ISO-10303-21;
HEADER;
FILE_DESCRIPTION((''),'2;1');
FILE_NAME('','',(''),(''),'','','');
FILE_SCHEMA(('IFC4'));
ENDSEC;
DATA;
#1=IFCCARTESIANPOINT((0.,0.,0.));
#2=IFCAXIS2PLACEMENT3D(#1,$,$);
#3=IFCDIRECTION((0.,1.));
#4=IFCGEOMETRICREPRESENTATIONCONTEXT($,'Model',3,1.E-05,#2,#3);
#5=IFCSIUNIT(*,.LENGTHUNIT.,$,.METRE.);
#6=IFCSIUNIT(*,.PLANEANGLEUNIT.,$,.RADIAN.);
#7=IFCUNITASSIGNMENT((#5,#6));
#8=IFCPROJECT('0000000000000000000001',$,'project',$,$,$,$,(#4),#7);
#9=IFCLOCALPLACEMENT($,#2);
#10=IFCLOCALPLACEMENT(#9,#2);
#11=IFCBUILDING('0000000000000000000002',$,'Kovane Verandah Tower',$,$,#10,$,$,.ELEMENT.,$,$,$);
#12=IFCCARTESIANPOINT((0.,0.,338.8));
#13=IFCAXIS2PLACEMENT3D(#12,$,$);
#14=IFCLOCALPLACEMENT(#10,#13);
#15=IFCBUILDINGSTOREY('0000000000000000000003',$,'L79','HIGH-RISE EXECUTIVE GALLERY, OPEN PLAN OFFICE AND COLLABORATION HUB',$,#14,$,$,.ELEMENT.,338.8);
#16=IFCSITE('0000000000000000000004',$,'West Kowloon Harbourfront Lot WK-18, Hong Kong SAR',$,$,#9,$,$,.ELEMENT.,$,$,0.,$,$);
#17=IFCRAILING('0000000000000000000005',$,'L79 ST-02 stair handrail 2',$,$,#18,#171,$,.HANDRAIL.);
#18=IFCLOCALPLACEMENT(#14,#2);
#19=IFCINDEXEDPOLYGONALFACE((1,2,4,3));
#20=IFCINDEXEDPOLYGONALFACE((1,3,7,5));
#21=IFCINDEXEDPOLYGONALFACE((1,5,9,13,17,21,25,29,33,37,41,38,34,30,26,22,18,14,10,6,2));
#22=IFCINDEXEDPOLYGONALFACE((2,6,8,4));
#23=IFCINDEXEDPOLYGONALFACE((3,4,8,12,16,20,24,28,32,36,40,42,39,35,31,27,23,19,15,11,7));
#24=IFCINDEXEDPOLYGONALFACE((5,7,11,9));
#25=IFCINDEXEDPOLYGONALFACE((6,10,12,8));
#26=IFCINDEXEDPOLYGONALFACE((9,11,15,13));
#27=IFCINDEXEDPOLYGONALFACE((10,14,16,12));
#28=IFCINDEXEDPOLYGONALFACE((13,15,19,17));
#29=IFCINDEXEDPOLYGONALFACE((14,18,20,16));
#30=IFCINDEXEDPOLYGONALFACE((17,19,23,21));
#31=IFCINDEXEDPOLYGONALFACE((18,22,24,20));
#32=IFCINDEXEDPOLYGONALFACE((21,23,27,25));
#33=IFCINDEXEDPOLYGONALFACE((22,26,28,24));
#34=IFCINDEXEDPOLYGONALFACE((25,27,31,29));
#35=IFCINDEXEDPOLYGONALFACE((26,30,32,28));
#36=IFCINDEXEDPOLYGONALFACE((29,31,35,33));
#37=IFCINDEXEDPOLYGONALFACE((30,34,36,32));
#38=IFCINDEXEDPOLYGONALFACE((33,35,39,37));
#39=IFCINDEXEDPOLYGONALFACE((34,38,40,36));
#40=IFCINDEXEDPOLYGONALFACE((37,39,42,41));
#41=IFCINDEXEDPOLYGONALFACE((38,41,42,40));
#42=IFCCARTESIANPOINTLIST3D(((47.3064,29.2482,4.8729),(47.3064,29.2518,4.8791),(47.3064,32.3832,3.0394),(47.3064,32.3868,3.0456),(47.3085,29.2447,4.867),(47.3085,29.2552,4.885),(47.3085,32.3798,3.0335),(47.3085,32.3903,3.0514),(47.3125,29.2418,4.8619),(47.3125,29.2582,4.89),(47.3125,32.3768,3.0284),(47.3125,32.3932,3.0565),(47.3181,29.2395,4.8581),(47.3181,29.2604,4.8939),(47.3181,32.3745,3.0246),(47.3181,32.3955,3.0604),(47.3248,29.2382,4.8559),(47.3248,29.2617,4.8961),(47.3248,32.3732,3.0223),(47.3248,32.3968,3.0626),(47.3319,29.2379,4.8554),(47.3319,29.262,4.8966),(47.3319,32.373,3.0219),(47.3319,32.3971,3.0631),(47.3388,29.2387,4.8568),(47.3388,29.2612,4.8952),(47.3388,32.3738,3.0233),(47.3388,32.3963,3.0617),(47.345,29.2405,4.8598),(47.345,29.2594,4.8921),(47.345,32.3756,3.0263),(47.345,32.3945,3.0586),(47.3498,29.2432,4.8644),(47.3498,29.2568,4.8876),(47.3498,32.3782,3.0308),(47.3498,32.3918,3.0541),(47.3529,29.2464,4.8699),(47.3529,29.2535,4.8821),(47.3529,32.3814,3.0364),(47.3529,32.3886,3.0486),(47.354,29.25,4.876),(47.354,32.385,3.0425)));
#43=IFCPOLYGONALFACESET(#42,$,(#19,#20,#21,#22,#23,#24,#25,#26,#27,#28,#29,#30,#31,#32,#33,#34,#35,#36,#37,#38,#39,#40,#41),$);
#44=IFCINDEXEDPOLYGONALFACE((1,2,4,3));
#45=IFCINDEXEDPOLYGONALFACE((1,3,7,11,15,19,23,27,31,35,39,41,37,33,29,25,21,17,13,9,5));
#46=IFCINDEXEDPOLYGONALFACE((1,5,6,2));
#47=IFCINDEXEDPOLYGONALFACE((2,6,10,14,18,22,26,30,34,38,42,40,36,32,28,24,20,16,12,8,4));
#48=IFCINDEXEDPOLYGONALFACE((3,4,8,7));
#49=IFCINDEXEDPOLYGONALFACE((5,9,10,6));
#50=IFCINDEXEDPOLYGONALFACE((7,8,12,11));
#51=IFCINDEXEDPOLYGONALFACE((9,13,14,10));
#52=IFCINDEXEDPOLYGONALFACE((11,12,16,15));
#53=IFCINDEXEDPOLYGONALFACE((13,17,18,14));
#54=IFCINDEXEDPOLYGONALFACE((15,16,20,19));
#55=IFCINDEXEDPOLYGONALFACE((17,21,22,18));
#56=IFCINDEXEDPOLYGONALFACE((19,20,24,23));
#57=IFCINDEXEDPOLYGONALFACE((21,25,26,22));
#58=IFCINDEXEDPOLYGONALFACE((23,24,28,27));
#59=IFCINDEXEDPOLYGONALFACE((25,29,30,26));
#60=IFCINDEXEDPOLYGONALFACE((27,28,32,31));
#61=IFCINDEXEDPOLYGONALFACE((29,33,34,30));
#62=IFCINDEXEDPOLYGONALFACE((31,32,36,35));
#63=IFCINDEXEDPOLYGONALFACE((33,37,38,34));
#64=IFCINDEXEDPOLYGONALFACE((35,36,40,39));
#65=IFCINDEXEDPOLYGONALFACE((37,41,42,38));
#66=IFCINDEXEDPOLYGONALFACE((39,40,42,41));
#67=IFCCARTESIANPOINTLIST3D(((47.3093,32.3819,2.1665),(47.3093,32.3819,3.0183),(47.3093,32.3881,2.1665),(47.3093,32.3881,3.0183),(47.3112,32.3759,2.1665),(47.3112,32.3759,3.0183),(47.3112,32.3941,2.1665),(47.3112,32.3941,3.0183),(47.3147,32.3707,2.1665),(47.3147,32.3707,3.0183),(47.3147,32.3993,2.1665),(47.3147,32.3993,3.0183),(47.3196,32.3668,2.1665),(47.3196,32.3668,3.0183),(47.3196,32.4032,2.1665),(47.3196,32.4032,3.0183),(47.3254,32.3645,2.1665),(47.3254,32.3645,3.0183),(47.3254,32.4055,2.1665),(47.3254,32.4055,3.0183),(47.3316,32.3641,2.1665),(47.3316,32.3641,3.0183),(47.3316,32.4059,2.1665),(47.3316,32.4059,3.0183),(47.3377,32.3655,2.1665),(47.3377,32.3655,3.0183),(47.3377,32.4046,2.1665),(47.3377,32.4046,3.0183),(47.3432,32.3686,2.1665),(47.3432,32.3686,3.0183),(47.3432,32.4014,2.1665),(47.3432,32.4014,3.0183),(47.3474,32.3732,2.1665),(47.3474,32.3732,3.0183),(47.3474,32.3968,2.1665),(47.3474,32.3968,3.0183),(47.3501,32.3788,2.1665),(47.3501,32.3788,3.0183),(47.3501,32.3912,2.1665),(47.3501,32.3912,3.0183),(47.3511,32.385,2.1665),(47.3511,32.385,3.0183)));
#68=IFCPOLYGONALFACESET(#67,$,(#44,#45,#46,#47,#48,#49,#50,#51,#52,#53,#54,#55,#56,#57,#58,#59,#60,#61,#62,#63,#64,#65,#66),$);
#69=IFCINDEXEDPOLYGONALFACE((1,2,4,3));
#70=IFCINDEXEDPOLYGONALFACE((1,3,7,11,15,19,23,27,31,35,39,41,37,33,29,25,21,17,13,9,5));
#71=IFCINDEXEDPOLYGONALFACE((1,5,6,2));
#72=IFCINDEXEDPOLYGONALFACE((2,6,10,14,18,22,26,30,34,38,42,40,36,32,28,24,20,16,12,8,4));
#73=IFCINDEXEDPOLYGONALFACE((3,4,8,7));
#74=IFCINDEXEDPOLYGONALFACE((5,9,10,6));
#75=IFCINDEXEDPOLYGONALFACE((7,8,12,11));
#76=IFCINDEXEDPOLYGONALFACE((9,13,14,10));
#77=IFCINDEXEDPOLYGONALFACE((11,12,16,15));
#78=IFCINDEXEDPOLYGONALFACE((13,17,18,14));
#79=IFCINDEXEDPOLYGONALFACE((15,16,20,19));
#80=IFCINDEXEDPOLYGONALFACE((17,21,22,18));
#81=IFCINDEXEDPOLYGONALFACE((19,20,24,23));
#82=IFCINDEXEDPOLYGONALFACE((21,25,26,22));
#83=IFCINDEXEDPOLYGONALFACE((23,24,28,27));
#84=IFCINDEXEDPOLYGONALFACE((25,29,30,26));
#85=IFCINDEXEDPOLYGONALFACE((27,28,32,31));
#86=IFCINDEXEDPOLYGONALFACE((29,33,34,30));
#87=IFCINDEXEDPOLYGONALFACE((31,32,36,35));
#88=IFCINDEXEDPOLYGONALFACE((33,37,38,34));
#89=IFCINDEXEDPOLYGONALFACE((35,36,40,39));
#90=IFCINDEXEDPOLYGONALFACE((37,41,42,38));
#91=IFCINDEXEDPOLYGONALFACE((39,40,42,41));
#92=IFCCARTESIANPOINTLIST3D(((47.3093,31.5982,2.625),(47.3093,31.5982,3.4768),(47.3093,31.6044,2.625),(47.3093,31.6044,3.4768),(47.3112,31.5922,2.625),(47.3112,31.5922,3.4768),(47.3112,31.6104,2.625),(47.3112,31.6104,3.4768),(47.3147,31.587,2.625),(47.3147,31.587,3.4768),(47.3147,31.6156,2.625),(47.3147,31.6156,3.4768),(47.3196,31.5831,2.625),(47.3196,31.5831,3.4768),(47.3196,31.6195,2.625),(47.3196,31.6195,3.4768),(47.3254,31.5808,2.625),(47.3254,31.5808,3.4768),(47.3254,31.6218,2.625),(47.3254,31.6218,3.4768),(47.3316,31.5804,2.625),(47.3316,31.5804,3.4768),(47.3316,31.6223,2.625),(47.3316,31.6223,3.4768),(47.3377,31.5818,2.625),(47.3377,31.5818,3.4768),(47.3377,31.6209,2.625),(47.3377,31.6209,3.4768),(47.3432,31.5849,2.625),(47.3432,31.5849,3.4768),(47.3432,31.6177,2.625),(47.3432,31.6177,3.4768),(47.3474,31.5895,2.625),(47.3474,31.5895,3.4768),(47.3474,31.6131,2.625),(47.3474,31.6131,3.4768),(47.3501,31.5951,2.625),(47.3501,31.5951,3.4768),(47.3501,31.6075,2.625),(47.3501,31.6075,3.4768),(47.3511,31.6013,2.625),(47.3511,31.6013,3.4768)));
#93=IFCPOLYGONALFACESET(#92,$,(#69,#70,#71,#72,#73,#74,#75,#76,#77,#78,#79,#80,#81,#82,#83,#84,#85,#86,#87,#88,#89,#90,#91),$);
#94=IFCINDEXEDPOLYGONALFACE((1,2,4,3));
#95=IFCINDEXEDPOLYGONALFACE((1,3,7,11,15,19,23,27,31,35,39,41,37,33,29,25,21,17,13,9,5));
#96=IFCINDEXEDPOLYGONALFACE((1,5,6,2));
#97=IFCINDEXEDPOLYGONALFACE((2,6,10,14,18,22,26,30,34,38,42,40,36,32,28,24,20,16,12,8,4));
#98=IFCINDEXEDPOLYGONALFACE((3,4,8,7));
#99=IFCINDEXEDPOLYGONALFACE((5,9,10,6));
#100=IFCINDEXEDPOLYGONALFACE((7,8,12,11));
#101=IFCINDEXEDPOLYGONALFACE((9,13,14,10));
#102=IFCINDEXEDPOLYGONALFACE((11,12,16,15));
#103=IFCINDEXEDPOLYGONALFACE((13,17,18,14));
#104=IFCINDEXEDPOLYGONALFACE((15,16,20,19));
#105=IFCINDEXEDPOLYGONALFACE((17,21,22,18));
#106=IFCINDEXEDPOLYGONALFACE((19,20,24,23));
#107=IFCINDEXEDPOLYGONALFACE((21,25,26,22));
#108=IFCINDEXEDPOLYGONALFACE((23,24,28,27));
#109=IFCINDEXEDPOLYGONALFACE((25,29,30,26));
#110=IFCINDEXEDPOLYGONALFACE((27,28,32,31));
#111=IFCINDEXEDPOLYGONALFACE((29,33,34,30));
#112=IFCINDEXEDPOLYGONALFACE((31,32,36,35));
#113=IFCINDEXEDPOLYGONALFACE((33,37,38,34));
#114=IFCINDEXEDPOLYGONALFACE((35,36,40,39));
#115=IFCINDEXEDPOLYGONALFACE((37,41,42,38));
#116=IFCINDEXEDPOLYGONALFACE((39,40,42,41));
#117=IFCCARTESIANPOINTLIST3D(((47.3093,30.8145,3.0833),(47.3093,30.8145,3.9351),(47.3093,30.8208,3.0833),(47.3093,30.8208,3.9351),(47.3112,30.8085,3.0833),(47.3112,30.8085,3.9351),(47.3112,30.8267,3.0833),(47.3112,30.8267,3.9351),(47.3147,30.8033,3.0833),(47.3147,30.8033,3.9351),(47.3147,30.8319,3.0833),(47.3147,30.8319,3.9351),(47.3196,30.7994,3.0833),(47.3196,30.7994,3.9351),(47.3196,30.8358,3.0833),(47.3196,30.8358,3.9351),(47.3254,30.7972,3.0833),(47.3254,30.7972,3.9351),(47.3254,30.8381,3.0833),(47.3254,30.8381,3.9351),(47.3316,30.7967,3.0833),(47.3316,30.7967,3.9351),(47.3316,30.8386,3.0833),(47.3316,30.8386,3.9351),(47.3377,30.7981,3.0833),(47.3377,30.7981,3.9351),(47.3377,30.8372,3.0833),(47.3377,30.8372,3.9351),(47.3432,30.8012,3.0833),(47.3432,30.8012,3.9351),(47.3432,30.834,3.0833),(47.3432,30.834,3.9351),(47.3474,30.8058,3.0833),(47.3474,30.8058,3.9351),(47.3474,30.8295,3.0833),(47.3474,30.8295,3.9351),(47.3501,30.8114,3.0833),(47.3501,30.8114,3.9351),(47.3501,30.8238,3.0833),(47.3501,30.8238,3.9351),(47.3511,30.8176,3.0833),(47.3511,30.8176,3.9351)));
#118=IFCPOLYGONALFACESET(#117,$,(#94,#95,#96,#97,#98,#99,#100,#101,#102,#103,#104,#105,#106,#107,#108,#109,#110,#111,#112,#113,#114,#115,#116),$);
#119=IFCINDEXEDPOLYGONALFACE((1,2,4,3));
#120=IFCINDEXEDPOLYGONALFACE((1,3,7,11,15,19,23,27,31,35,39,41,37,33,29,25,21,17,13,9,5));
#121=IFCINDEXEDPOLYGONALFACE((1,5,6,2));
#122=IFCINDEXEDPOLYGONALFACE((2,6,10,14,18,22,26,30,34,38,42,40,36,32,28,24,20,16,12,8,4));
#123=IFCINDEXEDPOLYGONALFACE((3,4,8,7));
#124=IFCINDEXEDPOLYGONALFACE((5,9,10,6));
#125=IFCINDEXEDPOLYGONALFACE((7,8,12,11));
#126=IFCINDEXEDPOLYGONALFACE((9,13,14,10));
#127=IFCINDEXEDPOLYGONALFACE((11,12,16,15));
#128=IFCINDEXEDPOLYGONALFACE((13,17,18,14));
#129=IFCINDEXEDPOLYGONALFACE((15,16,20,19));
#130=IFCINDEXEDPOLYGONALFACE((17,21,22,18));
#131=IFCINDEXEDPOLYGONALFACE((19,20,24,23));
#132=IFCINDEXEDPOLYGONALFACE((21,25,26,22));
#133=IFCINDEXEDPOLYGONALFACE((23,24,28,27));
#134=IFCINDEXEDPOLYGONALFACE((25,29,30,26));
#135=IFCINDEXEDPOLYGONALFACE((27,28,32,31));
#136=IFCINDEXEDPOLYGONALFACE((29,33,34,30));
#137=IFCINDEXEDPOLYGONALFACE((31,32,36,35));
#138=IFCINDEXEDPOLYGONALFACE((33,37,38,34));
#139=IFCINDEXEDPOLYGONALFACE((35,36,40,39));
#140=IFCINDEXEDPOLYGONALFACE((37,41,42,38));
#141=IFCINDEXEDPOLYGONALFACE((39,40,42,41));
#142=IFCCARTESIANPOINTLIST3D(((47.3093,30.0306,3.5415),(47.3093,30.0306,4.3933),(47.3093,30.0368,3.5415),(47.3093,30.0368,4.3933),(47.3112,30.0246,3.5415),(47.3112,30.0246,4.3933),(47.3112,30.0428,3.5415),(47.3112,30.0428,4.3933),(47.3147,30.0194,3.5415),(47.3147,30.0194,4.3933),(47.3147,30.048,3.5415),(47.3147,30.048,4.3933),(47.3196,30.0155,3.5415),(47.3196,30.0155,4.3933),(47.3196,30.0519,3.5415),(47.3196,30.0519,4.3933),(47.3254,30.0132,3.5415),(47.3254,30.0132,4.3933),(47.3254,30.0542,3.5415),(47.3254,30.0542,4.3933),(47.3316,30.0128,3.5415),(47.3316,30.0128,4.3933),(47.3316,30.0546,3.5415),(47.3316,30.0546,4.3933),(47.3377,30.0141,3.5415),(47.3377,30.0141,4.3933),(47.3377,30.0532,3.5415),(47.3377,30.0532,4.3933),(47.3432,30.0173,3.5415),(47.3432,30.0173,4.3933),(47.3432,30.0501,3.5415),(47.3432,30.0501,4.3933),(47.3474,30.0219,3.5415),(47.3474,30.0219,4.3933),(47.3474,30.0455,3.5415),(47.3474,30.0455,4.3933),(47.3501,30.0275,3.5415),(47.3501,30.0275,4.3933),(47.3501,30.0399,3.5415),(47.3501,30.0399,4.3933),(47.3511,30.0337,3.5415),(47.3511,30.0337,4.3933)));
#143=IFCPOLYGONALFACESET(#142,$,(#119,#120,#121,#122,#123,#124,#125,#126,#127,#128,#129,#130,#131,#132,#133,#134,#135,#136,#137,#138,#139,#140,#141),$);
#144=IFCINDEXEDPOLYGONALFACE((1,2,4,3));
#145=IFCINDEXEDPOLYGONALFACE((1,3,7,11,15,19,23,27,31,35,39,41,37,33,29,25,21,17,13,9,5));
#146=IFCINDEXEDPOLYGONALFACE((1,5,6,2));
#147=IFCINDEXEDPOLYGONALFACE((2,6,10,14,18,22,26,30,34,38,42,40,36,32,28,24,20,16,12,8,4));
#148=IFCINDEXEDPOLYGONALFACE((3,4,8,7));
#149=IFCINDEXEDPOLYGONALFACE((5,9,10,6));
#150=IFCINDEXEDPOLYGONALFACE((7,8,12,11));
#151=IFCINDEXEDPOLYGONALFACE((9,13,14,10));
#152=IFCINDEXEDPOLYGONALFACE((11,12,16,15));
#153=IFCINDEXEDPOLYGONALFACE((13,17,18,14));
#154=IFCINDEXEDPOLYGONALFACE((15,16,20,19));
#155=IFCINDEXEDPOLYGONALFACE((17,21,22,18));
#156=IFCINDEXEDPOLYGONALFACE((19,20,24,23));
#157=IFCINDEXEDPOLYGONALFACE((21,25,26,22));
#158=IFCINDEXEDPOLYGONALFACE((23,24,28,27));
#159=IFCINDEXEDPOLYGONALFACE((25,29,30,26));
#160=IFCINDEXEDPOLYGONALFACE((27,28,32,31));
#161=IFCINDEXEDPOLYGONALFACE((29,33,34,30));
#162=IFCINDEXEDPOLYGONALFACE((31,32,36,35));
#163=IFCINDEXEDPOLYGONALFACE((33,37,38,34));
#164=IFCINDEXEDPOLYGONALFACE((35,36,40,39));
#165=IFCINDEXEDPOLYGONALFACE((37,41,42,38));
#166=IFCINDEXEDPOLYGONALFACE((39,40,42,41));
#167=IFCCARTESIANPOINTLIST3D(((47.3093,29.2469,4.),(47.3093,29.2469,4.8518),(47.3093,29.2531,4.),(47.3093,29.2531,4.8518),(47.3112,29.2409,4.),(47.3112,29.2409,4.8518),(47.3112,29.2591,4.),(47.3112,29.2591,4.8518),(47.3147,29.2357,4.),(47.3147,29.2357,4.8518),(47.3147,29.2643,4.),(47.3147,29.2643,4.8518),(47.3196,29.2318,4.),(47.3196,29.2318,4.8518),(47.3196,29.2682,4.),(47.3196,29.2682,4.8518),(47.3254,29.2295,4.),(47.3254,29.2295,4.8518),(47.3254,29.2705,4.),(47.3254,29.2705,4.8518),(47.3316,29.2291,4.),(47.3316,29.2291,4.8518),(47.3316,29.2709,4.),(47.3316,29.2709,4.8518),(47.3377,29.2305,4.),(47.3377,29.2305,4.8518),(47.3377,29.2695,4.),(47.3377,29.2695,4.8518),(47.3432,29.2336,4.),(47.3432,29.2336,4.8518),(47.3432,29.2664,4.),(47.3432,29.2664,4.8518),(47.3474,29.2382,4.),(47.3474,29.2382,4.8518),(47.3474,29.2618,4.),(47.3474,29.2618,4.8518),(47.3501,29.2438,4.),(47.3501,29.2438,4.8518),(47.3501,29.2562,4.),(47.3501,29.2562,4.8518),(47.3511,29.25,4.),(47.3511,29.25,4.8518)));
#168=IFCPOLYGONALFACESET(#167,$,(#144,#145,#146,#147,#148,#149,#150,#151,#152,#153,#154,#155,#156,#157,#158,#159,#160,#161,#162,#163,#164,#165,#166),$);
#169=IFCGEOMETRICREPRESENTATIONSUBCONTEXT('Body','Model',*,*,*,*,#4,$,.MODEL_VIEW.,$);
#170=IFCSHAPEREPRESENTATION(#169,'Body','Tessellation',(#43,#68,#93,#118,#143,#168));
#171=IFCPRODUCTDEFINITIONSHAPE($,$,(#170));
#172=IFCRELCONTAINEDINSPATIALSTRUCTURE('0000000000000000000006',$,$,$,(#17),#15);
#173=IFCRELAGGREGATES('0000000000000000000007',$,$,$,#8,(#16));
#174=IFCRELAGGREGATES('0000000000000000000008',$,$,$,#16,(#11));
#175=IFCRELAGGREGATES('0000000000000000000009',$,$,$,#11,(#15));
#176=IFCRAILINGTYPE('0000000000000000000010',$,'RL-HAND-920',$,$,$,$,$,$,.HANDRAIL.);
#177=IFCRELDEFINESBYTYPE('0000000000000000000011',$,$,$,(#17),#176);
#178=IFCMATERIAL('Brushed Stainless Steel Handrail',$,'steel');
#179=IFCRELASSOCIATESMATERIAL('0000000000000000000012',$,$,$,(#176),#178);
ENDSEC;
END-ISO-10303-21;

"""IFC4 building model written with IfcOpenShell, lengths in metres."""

from ifc_helpers import new_model, si_unit, direction, frame, origin, origin_2d, place, context, subcontext, project, spatial, circle, extrude, material, type_object, element, save


model = new_model("IFC4")

# Units and contexts
model_context = context("Model", 3, precision=1e-05, world=origin(), true_north=direction((0.0, 1.0)))
body_context = subcontext(model_context, "Body", "Model", "MODEL_VIEW")
ifc_project = project(units=[si_unit("LENGTHUNIT", "METRE"), si_unit("PLANEANGLEUNIT", "RADIAN")], contexts=[model_context])

# Site, building, storey
site_placement = place(None, origin())
site = spatial("IfcSite", under=ifc_project, at=site_placement, Name="West Kowloon Harbourfront Lot WK-18, Hong Kong SAR", CompositionType="ELEMENT", RefElevation=0.0)
building_placement = place(site_placement, origin())
building = spatial("IfcBuilding", under=site, at=building_placement, Name="Kovane Verandah Tower", CompositionType="ELEMENT")
storey_placement = place(building_placement, frame((0.0, 0.0, 338.8)))
storey = spatial("IfcBuildingStorey", under=building, at=storey_placement, Name="L79", Description="HIGH-RISE EXECUTIVE GALLERY, OPEN PLAN OFFICE AND COLLABORATION HUB", CompositionType="ELEMENT", Elevation=338.8)

# Railing
ifc_material_1 = material(Name="Brushed Stainless Steel Handrail", Category="steel")
railing_type_1 = type_object("IfcRailingType", Name="RL-HAND-920", PredefinedType="HANDRAIL", material=ifc_material_1)
railing_1_placement = place(storey_placement, frame((47.3301, 32.385, 2.1665)))
element("IfcRailing", 1, at=railing_1_placement, inside=storey, type_object=railing_type_1, Name="L79 ST-02 stair handrail 2", PredefinedType="HANDRAIL", context=body_context, shape_type="SweptSolid", body=[
    extrude(circle(Radius=0.0239, at=origin_2d()), frame((0.0, 0.0, 0.876), z_axis=(0.0, -0.86321, 0.504845), x_axis=(1.0, 0.0, 0.0)), (0.0, 0.0, 1.0), 3.6318),
    extrude(circle(Radius=0.021, at=origin_2d()), origin(), (0.0, 0.0, 1.0), 0.8518),
    extrude(circle(Radius=0.021, at=origin_2d()), frame((0.0, -0.7837, 0.4585)), (0.0, 0.0, 1.0), 0.8518),
    extrude(circle(Radius=0.021, at=origin_2d()), frame((0.0, -1.5674, 0.9167)), (0.0, 0.0, 1.0), 0.8518),
    extrude(circle(Radius=0.021, at=origin_2d()), frame((0.0, -2.3513, 1.375)), (0.0, 0.0, 1.0), 0.8518),
    extrude(circle(Radius=0.021, at=origin_2d()), frame((0.0, -3.135, 1.8335)), (0.0, 0.0, 1.0), 0.8518),
])

save(model, "model.ifc")
